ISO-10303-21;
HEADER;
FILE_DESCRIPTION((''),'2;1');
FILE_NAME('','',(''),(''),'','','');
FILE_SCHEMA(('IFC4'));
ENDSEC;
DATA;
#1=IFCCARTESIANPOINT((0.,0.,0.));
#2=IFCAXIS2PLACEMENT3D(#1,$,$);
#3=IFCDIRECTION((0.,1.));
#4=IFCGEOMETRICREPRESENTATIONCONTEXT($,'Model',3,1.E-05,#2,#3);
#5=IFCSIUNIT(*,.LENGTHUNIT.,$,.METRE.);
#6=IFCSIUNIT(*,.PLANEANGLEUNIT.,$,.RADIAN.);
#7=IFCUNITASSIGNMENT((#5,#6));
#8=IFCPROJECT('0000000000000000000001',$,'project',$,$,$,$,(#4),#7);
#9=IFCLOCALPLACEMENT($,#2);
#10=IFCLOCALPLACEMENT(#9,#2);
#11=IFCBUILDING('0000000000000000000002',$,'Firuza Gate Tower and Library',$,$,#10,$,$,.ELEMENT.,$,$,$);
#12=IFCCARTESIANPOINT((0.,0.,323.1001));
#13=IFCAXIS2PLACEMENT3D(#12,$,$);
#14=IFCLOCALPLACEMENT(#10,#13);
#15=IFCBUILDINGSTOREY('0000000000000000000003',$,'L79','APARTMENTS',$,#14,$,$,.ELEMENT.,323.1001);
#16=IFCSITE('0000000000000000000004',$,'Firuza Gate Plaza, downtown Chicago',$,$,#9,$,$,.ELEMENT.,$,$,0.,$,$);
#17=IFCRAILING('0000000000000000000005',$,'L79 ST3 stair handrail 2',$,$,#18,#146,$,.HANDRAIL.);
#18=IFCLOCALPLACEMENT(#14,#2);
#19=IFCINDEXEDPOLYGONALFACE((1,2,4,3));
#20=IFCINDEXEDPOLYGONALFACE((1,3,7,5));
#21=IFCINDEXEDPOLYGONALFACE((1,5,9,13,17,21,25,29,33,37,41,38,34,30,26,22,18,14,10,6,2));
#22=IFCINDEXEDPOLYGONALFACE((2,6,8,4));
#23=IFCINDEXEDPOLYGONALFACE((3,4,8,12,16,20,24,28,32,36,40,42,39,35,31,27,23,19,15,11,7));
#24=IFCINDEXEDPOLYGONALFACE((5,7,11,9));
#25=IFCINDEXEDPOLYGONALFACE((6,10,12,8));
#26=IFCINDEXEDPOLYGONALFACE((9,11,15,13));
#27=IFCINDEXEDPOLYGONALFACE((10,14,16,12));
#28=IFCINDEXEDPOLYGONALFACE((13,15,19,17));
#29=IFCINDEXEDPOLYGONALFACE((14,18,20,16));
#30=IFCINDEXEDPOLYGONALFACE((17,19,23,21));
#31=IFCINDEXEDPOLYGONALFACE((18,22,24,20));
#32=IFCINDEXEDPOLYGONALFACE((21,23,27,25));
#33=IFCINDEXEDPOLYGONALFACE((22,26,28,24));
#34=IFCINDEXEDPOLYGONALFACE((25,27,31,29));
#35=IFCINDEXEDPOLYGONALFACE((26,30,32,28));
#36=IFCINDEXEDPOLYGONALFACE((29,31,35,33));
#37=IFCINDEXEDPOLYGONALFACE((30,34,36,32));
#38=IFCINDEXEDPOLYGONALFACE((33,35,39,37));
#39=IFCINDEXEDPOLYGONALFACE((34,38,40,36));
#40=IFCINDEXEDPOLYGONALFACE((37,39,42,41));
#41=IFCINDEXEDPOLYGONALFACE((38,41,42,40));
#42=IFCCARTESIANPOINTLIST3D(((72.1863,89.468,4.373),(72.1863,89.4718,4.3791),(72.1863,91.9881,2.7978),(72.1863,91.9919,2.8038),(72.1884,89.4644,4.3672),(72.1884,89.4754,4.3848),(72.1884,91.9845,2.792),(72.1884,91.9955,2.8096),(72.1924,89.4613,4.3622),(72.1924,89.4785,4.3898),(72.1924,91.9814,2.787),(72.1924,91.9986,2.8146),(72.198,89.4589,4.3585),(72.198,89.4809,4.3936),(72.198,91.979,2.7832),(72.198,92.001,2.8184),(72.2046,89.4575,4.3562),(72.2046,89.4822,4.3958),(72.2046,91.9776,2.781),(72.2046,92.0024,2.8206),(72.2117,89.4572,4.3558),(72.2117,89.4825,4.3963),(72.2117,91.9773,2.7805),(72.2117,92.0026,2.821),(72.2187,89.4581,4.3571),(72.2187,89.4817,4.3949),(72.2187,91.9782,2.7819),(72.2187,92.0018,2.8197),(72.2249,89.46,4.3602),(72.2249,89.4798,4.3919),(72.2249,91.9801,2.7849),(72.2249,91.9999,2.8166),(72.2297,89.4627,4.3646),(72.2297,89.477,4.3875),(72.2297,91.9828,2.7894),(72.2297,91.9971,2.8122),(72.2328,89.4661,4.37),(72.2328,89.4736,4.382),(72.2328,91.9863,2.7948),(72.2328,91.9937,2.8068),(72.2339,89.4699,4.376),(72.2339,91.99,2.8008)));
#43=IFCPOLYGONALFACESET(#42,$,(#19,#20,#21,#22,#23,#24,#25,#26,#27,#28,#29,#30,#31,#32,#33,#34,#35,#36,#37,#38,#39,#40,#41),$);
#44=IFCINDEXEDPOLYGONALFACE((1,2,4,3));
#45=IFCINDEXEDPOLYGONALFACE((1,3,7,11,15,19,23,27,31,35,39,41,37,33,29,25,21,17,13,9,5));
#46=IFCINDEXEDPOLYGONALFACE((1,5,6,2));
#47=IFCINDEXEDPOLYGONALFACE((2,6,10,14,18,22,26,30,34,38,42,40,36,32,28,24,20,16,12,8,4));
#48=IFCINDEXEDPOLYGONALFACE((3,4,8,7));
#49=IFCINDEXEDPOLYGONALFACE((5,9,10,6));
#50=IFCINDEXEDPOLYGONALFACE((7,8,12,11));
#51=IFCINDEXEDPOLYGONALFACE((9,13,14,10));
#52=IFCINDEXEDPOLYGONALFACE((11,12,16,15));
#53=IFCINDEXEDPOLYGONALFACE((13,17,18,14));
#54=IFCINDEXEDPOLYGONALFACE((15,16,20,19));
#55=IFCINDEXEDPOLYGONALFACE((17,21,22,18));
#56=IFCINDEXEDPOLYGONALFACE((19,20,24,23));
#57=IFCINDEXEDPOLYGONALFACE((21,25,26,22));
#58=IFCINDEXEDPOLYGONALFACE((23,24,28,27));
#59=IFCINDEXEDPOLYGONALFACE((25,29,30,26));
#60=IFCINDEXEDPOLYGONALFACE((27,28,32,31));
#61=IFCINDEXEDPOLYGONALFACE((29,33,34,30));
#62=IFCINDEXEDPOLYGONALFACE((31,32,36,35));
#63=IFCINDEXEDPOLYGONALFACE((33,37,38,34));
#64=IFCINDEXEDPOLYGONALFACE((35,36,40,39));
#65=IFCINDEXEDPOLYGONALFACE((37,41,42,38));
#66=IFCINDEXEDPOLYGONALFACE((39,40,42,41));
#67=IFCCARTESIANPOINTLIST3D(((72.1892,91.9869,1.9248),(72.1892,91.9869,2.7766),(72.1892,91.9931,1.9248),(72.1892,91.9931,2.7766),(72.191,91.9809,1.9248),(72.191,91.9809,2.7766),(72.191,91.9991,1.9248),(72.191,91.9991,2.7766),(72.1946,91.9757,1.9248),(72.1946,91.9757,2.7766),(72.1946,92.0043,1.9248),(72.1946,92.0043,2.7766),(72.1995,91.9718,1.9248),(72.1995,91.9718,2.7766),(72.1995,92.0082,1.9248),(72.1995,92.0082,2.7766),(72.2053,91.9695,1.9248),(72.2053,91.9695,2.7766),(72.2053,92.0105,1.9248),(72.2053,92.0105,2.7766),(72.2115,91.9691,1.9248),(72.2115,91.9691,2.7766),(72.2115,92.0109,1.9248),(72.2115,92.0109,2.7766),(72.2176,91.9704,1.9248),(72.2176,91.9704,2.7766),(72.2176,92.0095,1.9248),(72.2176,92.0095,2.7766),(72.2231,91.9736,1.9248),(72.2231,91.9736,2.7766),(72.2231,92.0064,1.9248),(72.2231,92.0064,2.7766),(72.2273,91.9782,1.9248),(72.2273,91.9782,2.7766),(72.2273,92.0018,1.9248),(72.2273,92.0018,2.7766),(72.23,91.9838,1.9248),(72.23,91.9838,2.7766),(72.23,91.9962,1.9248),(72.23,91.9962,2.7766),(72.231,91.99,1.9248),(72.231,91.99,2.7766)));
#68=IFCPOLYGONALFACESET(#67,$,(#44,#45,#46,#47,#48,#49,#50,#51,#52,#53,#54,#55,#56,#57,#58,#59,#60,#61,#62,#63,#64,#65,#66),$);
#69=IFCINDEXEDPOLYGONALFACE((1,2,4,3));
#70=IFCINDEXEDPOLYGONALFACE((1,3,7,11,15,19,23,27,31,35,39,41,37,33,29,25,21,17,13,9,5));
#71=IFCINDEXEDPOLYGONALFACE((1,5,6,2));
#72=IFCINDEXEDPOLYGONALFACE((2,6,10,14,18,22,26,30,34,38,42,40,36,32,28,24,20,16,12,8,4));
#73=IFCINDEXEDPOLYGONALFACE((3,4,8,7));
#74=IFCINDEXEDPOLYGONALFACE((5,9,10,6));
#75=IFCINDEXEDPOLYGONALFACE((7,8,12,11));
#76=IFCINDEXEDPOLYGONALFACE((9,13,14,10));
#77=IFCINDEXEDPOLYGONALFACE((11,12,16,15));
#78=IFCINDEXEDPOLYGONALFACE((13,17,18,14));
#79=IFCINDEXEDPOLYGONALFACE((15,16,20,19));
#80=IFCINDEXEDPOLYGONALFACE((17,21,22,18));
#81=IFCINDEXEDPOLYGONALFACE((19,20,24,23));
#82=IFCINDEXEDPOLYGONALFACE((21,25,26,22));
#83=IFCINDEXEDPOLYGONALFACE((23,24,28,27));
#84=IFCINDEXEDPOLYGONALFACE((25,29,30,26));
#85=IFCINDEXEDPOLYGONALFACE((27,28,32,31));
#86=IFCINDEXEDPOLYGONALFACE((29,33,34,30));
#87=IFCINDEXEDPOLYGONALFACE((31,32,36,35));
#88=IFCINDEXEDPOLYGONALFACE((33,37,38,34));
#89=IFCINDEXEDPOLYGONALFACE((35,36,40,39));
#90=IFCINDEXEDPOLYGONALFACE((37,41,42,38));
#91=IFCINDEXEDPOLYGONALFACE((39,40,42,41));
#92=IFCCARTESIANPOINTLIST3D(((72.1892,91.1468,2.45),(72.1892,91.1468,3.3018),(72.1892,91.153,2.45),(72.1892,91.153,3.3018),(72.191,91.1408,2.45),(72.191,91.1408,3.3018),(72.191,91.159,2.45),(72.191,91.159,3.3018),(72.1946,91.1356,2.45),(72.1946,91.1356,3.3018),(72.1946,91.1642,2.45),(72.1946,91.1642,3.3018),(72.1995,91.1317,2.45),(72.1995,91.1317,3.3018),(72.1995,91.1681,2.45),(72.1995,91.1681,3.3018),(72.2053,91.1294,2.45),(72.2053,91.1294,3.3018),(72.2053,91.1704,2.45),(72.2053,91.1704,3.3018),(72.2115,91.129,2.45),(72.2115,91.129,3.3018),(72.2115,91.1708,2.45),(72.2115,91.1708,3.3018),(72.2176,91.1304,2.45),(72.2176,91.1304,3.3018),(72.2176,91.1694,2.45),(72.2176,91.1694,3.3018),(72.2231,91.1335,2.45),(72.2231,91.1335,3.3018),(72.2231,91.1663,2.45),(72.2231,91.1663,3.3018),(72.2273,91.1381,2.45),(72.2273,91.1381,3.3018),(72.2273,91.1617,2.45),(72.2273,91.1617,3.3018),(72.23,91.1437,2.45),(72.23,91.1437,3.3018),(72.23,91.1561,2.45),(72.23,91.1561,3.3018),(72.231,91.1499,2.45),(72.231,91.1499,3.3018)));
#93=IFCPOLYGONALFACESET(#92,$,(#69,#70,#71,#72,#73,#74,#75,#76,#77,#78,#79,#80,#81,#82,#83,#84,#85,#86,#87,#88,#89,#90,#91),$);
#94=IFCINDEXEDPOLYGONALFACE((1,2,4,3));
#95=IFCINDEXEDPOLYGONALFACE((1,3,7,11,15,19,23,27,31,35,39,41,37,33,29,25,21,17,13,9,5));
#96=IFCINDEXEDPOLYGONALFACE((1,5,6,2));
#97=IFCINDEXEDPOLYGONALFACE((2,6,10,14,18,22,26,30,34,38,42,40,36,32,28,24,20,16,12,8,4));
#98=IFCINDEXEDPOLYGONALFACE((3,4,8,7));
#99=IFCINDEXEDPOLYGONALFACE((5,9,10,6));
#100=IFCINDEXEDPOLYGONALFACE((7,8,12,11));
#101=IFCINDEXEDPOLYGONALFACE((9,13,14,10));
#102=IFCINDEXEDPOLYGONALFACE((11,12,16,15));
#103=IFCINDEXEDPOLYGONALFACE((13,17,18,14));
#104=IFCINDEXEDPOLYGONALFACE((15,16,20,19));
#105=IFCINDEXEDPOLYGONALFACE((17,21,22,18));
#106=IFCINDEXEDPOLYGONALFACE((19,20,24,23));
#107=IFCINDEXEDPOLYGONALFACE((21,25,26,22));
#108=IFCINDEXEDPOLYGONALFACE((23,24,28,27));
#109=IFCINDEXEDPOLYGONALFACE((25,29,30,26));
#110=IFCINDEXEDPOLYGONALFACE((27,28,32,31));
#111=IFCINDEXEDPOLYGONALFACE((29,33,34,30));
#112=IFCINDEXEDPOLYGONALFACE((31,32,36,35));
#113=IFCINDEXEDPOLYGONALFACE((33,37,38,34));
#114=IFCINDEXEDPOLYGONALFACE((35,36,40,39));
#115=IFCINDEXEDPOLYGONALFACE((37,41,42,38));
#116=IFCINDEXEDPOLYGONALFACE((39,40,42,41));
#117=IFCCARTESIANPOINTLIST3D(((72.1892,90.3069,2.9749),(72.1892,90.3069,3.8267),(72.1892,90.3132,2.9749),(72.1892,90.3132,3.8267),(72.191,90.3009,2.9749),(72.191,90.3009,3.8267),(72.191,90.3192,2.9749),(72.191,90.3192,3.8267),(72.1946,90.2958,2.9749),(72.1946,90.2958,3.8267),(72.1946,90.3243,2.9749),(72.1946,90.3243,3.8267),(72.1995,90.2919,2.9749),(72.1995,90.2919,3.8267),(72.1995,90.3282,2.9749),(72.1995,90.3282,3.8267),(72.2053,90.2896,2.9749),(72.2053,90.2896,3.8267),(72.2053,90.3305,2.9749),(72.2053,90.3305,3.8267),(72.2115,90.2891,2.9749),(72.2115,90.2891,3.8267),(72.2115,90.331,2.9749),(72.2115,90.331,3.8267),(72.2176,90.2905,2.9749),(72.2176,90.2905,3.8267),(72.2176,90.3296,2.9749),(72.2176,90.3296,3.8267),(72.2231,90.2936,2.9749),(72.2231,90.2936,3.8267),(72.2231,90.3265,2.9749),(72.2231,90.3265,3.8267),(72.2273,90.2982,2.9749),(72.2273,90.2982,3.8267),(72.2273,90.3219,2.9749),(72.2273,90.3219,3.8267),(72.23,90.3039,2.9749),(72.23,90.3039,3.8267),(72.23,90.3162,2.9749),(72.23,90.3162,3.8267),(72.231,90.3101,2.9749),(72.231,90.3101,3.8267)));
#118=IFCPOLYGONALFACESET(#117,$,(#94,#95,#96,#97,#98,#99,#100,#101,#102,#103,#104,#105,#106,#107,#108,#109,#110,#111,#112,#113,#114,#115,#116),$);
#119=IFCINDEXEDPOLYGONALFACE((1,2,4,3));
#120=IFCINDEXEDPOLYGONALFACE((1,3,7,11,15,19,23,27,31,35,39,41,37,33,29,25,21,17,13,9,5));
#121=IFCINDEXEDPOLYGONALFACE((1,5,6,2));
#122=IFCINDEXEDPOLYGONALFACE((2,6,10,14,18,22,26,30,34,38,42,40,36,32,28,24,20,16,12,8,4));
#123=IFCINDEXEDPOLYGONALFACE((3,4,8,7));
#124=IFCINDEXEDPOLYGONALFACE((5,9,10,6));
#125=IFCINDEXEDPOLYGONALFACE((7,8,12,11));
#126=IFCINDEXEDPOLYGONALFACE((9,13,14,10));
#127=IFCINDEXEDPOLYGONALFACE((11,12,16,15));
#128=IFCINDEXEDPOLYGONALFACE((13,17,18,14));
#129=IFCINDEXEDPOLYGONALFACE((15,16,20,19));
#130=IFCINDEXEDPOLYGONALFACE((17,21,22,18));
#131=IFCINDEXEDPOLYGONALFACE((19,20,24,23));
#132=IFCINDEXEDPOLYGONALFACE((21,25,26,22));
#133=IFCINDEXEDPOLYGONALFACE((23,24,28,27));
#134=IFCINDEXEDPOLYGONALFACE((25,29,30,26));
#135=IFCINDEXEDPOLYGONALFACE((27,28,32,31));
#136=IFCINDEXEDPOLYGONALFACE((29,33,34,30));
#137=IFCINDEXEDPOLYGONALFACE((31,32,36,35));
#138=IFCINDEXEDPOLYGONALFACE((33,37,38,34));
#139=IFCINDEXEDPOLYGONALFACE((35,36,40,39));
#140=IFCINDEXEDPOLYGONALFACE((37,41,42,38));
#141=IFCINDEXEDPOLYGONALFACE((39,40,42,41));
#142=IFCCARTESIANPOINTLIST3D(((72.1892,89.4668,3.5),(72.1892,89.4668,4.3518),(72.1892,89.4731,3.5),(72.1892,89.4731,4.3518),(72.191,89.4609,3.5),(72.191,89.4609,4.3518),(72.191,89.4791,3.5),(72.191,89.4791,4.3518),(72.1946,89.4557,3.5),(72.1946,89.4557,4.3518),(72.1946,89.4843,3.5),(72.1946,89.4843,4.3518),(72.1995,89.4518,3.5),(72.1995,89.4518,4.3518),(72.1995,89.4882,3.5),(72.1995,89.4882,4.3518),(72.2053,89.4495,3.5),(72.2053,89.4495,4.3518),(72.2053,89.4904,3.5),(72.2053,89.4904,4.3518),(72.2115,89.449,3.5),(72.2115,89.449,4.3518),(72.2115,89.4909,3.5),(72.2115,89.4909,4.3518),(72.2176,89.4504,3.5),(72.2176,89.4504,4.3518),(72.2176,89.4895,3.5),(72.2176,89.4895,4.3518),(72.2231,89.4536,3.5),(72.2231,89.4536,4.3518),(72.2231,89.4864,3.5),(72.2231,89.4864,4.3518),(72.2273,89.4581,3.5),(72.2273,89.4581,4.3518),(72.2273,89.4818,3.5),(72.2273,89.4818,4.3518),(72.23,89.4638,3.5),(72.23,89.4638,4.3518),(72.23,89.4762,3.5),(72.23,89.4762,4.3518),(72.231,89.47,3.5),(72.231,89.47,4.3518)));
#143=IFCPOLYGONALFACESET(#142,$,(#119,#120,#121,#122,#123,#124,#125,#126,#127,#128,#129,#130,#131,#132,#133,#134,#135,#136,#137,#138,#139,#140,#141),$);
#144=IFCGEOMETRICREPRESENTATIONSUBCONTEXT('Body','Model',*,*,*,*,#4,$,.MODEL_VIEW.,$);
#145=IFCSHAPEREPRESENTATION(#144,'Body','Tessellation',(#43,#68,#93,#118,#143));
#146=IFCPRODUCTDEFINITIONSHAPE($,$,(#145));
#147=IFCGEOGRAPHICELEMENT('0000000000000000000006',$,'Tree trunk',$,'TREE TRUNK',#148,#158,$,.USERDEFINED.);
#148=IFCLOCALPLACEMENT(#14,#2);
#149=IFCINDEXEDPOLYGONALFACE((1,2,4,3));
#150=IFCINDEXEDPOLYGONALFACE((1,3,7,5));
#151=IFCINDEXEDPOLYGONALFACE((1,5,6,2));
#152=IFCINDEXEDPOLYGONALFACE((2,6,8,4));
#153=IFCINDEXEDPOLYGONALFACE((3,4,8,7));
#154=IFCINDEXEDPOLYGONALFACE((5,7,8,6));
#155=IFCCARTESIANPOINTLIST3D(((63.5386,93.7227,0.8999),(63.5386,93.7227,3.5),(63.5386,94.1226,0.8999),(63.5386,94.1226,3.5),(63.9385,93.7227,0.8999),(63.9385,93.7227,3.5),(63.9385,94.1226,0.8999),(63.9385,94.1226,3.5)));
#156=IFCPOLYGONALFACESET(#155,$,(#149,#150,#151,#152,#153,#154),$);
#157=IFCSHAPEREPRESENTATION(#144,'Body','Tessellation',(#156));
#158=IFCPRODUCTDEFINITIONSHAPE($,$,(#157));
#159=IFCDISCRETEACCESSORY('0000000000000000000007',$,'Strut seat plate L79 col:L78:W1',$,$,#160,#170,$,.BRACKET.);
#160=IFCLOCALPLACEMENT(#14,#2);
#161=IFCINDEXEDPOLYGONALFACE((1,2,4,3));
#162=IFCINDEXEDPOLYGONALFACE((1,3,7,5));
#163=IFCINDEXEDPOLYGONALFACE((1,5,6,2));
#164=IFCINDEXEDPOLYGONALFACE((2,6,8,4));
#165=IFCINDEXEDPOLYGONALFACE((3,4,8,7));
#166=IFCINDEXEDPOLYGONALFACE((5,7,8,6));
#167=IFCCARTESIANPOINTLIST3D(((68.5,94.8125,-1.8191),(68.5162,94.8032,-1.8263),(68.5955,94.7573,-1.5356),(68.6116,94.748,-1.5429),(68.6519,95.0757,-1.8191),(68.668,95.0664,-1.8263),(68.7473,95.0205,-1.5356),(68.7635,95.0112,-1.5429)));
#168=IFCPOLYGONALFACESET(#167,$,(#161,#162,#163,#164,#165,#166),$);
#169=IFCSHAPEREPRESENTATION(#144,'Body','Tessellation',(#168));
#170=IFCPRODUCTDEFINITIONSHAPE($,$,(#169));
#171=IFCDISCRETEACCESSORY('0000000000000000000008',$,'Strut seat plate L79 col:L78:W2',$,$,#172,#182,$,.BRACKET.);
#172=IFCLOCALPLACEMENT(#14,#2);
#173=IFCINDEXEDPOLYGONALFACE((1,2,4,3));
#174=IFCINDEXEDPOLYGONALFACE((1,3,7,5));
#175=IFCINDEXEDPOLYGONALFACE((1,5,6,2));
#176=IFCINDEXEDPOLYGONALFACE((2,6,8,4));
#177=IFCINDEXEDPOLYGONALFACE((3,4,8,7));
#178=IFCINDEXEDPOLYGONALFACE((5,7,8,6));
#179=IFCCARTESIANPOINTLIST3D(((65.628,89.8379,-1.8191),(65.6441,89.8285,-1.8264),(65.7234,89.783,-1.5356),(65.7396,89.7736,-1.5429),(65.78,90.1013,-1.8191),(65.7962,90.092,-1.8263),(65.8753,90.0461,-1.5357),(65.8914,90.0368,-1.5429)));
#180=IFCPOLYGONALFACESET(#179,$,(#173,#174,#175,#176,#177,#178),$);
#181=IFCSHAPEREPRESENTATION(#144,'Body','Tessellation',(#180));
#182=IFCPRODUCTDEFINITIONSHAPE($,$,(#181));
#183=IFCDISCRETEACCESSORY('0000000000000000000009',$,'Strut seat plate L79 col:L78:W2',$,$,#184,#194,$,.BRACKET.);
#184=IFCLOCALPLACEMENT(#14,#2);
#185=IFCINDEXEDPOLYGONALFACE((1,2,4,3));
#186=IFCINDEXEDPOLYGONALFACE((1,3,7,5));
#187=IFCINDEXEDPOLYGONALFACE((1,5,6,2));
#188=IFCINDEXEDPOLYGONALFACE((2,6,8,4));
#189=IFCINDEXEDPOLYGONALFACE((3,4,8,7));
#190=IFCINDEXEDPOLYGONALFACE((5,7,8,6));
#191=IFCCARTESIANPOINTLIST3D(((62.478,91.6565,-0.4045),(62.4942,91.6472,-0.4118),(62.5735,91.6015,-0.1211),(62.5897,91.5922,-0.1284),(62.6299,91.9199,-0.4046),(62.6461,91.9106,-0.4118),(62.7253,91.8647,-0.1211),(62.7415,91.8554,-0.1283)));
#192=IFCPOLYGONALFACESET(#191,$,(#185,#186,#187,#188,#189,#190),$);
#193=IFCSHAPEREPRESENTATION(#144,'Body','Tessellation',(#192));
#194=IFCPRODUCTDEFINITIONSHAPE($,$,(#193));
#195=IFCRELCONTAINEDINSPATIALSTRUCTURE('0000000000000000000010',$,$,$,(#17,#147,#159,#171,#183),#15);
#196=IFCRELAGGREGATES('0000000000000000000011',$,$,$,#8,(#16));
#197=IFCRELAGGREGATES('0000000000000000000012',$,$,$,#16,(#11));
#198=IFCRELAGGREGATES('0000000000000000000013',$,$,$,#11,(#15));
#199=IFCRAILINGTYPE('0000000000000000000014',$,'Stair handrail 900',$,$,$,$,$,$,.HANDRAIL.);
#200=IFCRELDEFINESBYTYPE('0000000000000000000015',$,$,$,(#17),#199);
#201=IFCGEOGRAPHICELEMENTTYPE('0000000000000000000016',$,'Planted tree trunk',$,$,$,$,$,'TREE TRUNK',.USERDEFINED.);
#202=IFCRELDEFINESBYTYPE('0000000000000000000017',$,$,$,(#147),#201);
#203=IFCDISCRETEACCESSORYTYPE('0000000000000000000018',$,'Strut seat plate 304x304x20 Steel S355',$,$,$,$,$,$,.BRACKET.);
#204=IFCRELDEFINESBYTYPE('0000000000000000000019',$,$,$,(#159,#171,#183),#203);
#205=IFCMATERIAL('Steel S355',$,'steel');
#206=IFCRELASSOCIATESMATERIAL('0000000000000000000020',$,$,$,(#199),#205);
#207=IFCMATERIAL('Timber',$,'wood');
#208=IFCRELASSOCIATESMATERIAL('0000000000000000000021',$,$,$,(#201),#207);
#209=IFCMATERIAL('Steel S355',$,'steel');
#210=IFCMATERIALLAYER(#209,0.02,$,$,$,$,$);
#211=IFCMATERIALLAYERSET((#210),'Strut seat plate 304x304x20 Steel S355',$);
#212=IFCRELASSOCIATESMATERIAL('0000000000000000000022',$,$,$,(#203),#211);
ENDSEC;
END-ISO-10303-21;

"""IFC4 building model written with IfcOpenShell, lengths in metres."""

from ifc_helpers import new_model, si_unit, direction, frame, origin, origin_2d, place, context, subcontext, project, spatial, polyline, rectangle, circle, outline, extrude, material, layer, layer_set, type_object, element, save


model = new_model("IFC4")

# Units and contexts
model_context = context("Model", 3, precision=1e-05, world=origin(), true_north=direction((0.0, 1.0)))
body_context = subcontext(model_context, "Body", "Model", "MODEL_VIEW")
ifc_project = project(units=[si_unit("LENGTHUNIT", "METRE"), si_unit("PLANEANGLEUNIT", "RADIAN")], contexts=[model_context])

# Site, building, storey
site_placement = place(None, origin())
site = spatial("IfcSite", under=ifc_project, at=site_placement, Name="Firuza Gate Plaza, downtown Chicago", CompositionType="ELEMENT", RefElevation=0.0)
building_placement = place(site_placement, origin())
building = spatial("IfcBuilding", under=site, at=building_placement, Name="Firuza Gate Tower and Library", CompositionType="ELEMENT")
storey_placement = place(building_placement, frame((0.0, 0.0, 323.1001)))
storey = spatial("IfcBuildingStorey", under=building, at=storey_placement, Name="L79", Description="APARTMENTS", CompositionType="ELEMENT", Elevation=323.1001)

# Railing
ifc_material_1 = material(Name="Steel S355", Category="steel")
railing_type_1 = type_object("IfcRailingType", Name="Stair handrail 900", PredefinedType="HANDRAIL", material=ifc_material_1)
railing_1_placement = place(storey_placement, frame((72.21, 91.99, 1.9248)))
element("IfcRailing", 1, at=railing_1_placement, inside=storey, type_object=railing_type_1, Name="L79 ST3 stair handrail 2", PredefinedType="HANDRAIL", context=body_context, shape_type="SweptSolid", body=[
    extrude(circle(Radius=0.0239, at=origin_2d()), frame((0.0, 0.0, 0.876), z_axis=(0.0, -0.847971, 0.530043), x_axis=(1.0, 0.0, 0.0)), (0.0, 0.0, 1.0), 2.9719),
    extrude(circle(Radius=0.021, at=origin_2d()), origin(), (0.0, 0.0, 1.0), 0.8518),
    extrude(circle(Radius=0.021, at=origin_2d()), frame((0.0, -0.8401, 0.5251)), (0.0, 0.0, 1.0), 0.8518),
    extrude(circle(Radius=0.021, at=origin_2d()), frame((0.0, -1.6799, 1.05)), (0.0, 0.0, 1.0), 0.8518),
    extrude(circle(Radius=0.021, at=origin_2d()), frame((0.0, -2.52, 1.5752)), (0.0, 0.0, 1.0), 0.8518),
])

# Geographic element
ifc_material_2 = material(Name="Timber", Category="wood")
geographic_element_type = type_object("IfcGeographicElementType", Name="Planted tree trunk", ElementType="TREE TRUNK", PredefinedType="USERDEFINED", material=ifc_material_2)
geographic_element_placement = place(storey_placement, frame((63.7385, 93.9226, 0.8999), z_axis=(0.0, 0.0, 1.0), x_axis=(1.0, 0.0, 0.0)))
element("IfcGeographicElement", 2, at=geographic_element_placement, inside=storey, type_object=geographic_element_type, Name="Tree trunk", ObjectType="TREE TRUNK", PredefinedType="USERDEFINED", context=body_context, shape_type="SweptSolid", body=[
    extrude(rectangle(XDim=0.3999, YDim=0.3999, at=origin_2d()), origin(), (0.0, 0.0, 1.0), 2.6001),
])

# Discrete accessories
ifc_material_3 = material(Name="Steel S355", Category="steel")
ifc_layer_1 = layer(ifc_material_3, 0.02)
ifc_layer_set_1 = layer_set([ifc_layer_1], Name="Strut seat plate 304x304x20 Steel S355")
discrete_accessory_type = type_object("IfcDiscreteAccessoryType", Name="Strut seat plate 304x304x20 Steel S355", PredefinedType="BRACKET", material=ifc_layer_set_1)
discrete_accessory_1_placement = place(storey_placement, frame((68.5955, 94.7573, -1.5356), z_axis=(-0.807237, 0.465771, 0.362527), x_axis=(0.499769, 0.866159, 0.0)))
element("IfcDiscreteAccessory", 3, at=discrete_accessory_1_placement, inside=storey, type_object=discrete_accessory_type, Name="Strut seat plate L79 col:L78:W1", PredefinedType="BRACKET", context=body_context, shape_type="SweptSolid", body=[
    extrude(outline(polyline([(0.0, 0.0), (0.3039, 0.0), (0.3039, 0.3041), (0.0001, 0.3041), (0.0, 0.0)])), origin(), (0.0, 0.0, -1.0), 0.02),
])
discrete_accessory_2_placement = place(storey_placement, frame((65.7234, 89.783, -1.5356), z_axis=(-0.807329, 0.465982, 0.362051), x_axis=(0.49988, 0.866095, -0.00005)))
element("IfcDiscreteAccessory", 4, at=discrete_accessory_2_placement, inside=storey, type_object=discrete_accessory_type, Name="Strut seat plate L79 col:L78:W2", PredefinedType="BRACKET", context=body_context, shape_type="SweptSolid", body=[
    extrude(outline(polyline([(0.0, 0.0), (0.3039, 0.0), (0.3041, 0.3041), (-0.0001, 0.3041), (0.0, 0.0)])), origin(), (0.0, 0.0, -1.0), 0.02),
])
discrete_accessory_3_placement = place(storey_placement, frame((62.7253, 91.8647, -0.1211), z_axis=(-0.807389, 0.465643, 0.362353), x_axis=(-0.499618, -0.866246, -0.000068)))
element("IfcDiscreteAccessory", 5, at=discrete_accessory_3_placement, inside=storey, type_object=discrete_accessory_type, Name="Strut seat plate L79 col:L78:W2", PredefinedType="BRACKET", context=body_context, shape_type="SweptSolid", body=[
    extrude(outline(polyline([(0.0, 0.0), (0.3039, 0.0), (0.304, -0.3041), (-0.0001, -0.3041), (0.0, 0.0)])), origin(), (0.0, 0.0, -1.0), 0.02),
])

save(model, "model.ifc")
